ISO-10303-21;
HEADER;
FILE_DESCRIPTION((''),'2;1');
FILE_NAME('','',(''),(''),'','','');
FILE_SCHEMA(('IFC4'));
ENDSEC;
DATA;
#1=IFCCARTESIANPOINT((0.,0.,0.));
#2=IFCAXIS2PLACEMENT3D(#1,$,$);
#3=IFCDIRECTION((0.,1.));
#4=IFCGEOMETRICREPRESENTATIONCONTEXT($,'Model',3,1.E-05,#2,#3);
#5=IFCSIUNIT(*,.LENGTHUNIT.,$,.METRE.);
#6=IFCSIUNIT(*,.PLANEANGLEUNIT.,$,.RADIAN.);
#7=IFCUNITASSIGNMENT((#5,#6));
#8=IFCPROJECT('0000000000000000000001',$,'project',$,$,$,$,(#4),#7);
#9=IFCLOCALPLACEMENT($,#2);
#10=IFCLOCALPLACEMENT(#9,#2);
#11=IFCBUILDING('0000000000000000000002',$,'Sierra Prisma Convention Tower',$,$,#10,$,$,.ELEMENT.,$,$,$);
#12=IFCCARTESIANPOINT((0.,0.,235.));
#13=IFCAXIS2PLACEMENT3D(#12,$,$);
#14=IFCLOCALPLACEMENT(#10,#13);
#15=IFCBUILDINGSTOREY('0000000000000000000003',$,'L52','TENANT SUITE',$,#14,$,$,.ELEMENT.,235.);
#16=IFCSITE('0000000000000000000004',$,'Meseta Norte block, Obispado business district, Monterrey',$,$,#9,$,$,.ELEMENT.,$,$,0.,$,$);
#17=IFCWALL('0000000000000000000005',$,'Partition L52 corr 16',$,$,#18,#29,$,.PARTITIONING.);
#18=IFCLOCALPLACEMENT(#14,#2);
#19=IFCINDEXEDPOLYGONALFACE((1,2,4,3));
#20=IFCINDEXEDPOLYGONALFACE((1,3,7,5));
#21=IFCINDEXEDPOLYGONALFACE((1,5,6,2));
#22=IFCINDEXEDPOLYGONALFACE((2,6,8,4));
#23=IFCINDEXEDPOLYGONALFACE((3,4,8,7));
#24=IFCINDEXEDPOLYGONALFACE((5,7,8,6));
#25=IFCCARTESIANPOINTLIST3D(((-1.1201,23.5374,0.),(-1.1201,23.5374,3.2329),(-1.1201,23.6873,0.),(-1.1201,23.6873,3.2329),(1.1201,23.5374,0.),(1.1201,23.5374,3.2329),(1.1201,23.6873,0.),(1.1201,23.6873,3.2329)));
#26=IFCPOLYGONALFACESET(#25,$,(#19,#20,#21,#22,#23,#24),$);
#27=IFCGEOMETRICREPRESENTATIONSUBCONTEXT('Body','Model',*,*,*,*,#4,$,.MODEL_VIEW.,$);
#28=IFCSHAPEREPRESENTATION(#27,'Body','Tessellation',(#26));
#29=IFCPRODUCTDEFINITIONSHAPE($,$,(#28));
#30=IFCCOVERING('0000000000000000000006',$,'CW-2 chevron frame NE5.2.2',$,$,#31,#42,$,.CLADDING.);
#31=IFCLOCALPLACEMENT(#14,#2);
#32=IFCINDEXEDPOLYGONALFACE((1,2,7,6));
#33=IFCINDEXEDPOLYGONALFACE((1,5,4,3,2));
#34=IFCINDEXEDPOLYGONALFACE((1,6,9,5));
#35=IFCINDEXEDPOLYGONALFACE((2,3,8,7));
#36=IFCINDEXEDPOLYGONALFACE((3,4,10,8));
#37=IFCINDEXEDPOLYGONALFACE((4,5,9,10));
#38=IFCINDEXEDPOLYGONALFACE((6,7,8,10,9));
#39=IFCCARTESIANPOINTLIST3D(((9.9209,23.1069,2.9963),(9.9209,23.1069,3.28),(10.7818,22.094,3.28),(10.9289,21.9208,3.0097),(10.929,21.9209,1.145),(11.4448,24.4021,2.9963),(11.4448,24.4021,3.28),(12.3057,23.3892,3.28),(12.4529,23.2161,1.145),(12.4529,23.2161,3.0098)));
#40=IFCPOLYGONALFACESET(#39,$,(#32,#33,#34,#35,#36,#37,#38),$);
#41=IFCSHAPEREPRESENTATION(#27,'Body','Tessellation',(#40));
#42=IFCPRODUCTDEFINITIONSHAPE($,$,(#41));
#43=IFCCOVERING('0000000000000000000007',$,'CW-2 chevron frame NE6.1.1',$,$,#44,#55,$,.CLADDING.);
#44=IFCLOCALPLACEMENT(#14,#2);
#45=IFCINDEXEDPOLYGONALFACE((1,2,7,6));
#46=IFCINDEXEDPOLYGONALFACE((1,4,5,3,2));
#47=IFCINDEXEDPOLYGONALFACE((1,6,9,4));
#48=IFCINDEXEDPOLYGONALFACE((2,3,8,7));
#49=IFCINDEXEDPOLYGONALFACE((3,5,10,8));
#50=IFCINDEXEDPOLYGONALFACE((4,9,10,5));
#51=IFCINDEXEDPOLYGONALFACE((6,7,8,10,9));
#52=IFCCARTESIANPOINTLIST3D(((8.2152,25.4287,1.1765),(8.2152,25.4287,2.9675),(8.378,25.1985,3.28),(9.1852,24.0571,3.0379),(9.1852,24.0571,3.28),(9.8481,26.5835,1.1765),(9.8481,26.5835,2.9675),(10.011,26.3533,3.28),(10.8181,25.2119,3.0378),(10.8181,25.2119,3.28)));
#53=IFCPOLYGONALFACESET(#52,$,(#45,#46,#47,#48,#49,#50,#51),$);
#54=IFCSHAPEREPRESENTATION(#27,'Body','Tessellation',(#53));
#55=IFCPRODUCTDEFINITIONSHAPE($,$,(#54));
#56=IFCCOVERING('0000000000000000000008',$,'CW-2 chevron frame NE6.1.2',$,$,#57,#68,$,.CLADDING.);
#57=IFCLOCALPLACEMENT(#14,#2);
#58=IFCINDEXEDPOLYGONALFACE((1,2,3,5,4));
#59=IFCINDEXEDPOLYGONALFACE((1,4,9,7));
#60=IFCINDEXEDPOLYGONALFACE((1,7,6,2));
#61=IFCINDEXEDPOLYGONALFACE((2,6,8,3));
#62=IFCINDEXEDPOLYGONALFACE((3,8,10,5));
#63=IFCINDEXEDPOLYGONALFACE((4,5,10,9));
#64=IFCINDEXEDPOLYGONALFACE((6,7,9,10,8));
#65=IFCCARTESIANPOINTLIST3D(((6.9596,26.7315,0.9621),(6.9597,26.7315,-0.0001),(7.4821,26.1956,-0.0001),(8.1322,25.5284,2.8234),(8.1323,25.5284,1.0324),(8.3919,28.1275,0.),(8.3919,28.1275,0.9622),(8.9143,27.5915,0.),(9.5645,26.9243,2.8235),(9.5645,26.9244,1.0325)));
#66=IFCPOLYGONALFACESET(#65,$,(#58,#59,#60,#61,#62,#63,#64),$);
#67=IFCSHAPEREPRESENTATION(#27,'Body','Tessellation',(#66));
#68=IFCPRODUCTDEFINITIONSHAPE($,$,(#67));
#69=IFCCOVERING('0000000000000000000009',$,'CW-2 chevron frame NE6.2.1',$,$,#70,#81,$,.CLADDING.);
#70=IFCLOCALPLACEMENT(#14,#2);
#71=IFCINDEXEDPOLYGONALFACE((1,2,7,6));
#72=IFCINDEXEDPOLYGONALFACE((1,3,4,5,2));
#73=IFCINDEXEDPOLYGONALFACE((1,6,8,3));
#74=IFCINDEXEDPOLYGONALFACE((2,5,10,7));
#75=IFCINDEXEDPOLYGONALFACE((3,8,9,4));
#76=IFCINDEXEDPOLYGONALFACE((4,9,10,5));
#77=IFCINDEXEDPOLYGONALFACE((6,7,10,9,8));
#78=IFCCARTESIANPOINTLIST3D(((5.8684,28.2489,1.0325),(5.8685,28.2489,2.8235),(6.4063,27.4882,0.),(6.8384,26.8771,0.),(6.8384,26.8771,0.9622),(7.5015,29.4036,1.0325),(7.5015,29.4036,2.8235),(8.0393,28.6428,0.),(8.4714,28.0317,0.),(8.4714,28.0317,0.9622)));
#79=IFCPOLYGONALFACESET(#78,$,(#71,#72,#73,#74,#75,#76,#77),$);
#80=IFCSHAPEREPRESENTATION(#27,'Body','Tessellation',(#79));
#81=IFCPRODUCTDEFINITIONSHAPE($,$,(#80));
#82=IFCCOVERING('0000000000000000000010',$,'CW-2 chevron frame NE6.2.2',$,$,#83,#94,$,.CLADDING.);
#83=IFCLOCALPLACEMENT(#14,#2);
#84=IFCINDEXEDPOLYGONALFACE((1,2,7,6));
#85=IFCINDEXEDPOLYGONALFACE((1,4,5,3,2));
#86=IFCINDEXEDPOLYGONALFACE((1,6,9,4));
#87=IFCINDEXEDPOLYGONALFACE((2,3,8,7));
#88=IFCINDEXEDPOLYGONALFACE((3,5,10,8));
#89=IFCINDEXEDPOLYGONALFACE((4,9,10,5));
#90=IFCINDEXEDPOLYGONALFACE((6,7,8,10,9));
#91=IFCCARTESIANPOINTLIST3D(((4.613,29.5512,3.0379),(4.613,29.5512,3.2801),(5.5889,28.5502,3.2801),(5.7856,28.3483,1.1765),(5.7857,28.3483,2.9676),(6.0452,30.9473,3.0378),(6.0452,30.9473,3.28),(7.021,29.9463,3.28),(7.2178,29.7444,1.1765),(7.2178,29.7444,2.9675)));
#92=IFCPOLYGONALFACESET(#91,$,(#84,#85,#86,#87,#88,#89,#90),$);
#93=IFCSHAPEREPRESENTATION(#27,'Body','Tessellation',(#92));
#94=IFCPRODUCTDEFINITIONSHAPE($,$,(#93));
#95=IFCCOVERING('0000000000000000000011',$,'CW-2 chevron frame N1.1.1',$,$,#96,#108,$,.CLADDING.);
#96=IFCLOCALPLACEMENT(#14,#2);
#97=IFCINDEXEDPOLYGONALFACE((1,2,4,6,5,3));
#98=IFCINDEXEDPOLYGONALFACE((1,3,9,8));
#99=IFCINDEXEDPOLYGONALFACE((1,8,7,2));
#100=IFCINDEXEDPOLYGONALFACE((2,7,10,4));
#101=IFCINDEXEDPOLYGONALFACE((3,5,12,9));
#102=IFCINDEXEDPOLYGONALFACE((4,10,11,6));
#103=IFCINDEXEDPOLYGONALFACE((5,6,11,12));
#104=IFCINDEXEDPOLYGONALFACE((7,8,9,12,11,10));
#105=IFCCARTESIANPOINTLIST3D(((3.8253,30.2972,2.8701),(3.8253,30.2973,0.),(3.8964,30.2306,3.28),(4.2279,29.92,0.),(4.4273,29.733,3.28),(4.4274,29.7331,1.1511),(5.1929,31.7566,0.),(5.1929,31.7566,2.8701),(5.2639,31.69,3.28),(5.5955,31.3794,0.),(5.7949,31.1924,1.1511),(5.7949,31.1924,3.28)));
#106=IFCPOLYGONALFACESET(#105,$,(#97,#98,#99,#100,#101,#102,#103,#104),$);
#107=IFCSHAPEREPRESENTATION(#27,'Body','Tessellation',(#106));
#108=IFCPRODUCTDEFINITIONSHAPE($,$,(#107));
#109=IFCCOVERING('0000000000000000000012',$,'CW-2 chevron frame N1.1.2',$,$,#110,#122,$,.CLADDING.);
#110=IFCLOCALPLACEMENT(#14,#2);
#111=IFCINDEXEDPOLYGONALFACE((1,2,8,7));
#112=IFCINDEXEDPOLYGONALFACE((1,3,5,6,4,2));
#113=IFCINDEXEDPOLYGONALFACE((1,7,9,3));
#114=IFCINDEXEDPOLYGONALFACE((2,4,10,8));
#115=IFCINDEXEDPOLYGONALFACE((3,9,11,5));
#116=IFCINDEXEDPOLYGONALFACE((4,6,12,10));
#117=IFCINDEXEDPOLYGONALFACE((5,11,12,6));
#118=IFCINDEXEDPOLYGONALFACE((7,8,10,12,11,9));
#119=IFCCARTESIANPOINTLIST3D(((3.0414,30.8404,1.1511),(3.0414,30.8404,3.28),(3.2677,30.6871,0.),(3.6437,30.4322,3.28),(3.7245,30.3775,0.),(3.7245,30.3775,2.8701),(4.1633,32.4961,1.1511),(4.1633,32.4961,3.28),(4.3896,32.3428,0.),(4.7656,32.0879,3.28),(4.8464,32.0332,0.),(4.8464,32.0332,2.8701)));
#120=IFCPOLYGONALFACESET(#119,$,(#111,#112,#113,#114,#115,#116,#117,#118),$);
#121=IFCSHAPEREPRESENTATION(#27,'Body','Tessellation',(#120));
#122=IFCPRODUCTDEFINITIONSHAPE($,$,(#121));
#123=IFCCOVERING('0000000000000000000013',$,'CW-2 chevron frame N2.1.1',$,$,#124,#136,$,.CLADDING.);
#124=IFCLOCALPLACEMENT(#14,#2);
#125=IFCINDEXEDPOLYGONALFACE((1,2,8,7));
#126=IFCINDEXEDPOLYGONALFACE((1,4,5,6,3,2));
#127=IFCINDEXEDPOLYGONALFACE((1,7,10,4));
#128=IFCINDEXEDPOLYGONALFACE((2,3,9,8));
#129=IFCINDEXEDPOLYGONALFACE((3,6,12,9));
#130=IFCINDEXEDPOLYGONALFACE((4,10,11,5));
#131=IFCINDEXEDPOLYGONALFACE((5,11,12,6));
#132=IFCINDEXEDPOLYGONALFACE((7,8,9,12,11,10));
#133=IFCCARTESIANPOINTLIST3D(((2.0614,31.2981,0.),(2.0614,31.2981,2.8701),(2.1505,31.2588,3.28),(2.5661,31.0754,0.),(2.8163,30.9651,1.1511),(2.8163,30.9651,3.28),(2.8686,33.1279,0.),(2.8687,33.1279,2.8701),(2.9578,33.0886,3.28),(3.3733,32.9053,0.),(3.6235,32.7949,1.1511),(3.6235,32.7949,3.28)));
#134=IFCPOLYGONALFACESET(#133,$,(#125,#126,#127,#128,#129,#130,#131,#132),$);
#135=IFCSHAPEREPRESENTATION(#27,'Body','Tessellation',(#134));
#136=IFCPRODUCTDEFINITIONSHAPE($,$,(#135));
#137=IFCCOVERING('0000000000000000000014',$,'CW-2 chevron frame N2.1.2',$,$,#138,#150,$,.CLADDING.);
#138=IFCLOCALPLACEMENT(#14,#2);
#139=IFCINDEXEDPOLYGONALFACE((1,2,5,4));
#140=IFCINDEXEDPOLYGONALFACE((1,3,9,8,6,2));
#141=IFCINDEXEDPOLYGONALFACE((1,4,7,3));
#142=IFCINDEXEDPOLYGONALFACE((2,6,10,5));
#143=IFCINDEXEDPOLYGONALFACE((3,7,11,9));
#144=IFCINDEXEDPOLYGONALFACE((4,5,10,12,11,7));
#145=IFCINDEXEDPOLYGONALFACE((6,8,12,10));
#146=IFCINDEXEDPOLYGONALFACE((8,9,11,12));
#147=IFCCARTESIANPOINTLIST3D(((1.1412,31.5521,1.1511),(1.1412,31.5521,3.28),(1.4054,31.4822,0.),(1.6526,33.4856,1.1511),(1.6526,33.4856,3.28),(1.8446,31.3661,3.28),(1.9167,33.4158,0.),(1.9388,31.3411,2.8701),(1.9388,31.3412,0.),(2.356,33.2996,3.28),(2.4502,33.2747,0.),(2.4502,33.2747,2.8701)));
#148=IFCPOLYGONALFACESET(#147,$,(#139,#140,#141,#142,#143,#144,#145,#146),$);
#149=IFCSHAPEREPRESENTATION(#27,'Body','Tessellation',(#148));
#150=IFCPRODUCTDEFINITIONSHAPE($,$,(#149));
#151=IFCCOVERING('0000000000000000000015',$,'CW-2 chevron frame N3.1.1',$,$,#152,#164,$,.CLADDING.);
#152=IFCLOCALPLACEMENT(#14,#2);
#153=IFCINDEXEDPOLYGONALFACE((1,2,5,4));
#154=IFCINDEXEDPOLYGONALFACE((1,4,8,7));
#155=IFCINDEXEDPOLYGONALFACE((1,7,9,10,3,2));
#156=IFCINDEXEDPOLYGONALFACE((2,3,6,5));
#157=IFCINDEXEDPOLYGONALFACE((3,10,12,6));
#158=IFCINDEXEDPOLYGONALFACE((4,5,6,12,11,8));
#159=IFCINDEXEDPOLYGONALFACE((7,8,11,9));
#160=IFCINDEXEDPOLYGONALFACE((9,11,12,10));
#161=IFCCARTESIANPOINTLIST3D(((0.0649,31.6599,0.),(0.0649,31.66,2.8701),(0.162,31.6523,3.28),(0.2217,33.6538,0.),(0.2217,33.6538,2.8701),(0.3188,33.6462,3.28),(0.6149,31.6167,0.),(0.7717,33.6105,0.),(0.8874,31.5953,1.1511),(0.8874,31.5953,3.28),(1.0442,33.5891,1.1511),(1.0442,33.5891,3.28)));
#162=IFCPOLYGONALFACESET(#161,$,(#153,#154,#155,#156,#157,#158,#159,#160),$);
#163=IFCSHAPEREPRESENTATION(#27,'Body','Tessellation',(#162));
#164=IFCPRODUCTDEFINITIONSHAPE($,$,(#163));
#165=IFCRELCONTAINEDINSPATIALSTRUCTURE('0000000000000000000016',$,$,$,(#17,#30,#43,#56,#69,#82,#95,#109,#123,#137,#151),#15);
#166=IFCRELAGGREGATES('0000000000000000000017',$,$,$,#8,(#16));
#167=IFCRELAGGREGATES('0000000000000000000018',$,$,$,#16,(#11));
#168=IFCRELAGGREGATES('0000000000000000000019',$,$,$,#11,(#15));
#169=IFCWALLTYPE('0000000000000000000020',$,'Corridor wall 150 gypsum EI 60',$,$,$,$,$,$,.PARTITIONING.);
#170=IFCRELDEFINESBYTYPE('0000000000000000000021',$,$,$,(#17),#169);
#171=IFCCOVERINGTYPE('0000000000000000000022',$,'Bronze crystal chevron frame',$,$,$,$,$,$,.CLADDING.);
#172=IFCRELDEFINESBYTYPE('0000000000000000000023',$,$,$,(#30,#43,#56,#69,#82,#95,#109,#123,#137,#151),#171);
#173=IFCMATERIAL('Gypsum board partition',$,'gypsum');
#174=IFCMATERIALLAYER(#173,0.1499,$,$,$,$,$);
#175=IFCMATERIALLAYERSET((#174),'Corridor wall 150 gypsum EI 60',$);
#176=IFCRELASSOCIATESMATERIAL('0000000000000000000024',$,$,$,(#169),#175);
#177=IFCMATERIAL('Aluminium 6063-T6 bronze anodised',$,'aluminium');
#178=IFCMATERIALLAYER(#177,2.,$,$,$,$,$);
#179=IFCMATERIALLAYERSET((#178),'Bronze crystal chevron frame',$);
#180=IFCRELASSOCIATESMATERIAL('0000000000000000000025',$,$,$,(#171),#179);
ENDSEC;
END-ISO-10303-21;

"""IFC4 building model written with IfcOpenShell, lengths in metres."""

from ifc_helpers import new_model, si_unit, direction, frame, frame_2d, origin, place, context, subcontext, project, spatial, polyline, rectangle, outline, extrude, material, layer, layer_set, type_object, element, save


model = new_model("IFC4")

# Units and contexts
model_context = context("Model", 3, precision=1e-05, world=origin(), true_north=direction((0.0, 1.0)))
body_context = subcontext(model_context, "Body", "Model", "MODEL_VIEW")
ifc_project = project(units=[si_unit("LENGTHUNIT", "METRE"), si_unit("PLANEANGLEUNIT", "RADIAN")], contexts=[model_context])

# Site, building, storey
site_placement = place(None, origin())
site = spatial("IfcSite", under=ifc_project, at=site_placement, Name="Meseta Norte block, Obispado business district, Monterrey", CompositionType="ELEMENT", RefElevation=0.0)
building_placement = place(site_placement, origin())
building = spatial("IfcBuilding", under=site, at=building_placement, Name="Sierra Prisma Convention Tower", CompositionType="ELEMENT")
storey_placement = place(building_placement, frame((0.0, 0.0, 235.0)))
storey = spatial("IfcBuildingStorey", under=building, at=storey_placement, Name="L52", Description="TENANT SUITE", CompositionType="ELEMENT", Elevation=235.0)

# Wall
ifc_material_1 = material(Name="Gypsum board partition", Category="gypsum")
ifc_layer_1 = layer(ifc_material_1, 0.1499)
ifc_layer_set_1 = layer_set([ifc_layer_1], Name="Corridor wall 150 gypsum EI 60")
wall_type = type_object("IfcWallType", Name="Corridor wall 150 gypsum EI 60", PredefinedType="PARTITIONING", material=ifc_layer_set_1)
wall_placement = place(storey_placement, frame((1.1201, 23.6123, 0.0), z_axis=(0.0, 0.0, 1.0), x_axis=(-1.0, 0.0, 0.0)))
element("IfcWall", 1, at=wall_placement, inside=storey, type_object=wall_type, Name="Partition L52 corr 16", PredefinedType="PARTITIONING", context=body_context, shape_type="SweptSolid", body=[
    extrude(rectangle(XDim=2.2402, YDim=0.1499, at=frame_2d((1.1201, 0.0))), origin(), (0.0, 0.0, 1.0), 3.2329),
])

# Coverings
ifc_material_2 = material(Name="Aluminium 6063-T6 bronze anodised", Category="aluminium")
ifc_layer_2 = layer(ifc_material_2, 2.0)
ifc_layer_set_2 = layer_set([ifc_layer_2], Name="Bronze crystal chevron frame")
covering_type = type_object("IfcCoveringType", Name="Bronze crystal chevron frame", PredefinedType="CLADDING", material=ifc_layer_set_2)
covering_1_placement = place(storey_placement, frame((11.4448, 24.4021, 3.28), z_axis=(0.761966, 0.647617, 0.000031), x_axis=(0.647617, -0.761966, 0.0)))
element("IfcCovering", 2, at=covering_1_placement, inside=storey, type_object=covering_type, Name="CW-2 chevron frame NE5.2.2", PredefinedType="CLADDING", context=body_context, shape_type="SweptSolid", body=[
    extrude(outline(polyline([(0.0, 0.0), (1.3293, 0.0), (1.5566, 0.2703), (1.5566, 2.135), (0.0, 0.2837), (0.0, 0.0)])), origin(), (0.0, 0.0, -1.0), 2.0),
])
covering_2_placement = place(storey_placement, frame((10.8181, 25.2119, 3.28), z_axis=(0.816465, 0.577395, -0.00001), x_axis=(-0.000008, -0.000006, -1.0)))
element("IfcCovering", 3, at=covering_2_placement, inside=storey, type_object=covering_type, Name="CW-2 chevron frame NE6.1.1", PredefinedType="CLADDING", context=body_context, shape_type="SweptSolid", body=[
    extrude(outline(polyline([(0.0, 0.0), (0.2422, 0.0), (2.1035, 1.6799), (0.3125, 1.6799), (0.0, 1.3979), (0.0, 0.0)])), origin(), (0.0, 0.0, -1.0), 2.0),
])
covering_3_placement = place(storey_placement, frame((9.5645, 26.9243, 2.8235), z_axis=(0.716115, 0.697982, 0.000037), x_axis=(0.000026, 0.000026, -1.0)))
element("IfcCovering", 4, at=covering_3_placement, inside=storey, type_object=covering_type, Name="CW-2 chevron frame NE6.1.2", PredefinedType="CLADDING", context=body_context, shape_type="SweptSolid", body=[
    extrude(outline(polyline([(0.0, 0.0), (1.791, 0.0), (2.8235, 0.9316), (2.8235, 1.68), (1.8613, 1.68), (0.0, 0.0)])), origin(), (0.0, 0.0, -1.0), 2.0),
])
covering_4_placement = place(storey_placement, frame((8.4714, 28.0317, 0.0), z_axis=(0.816508, 0.577334, -0.000013), x_axis=(-0.577334, 0.816508, 0.0)))
element("IfcCovering", 5, at=covering_4_placement, inside=storey, type_object=covering_type, Name="CW-2 chevron frame NE6.2.1", PredefinedType="CLADDING", context=body_context, shape_type="SweptSolid", body=[
    extrude(outline(polyline([(0.0, 0.0), (0.7484, 0.0), (1.6801, 1.0325), (1.6801, 2.8235), (0.0, 0.9622), (0.0, 0.0)])), origin(), (0.0, 0.0, -1.0), 2.0),
])
covering_5_placement = place(storey_placement, frame((6.0452, 30.9473, 3.28), z_axis=(0.716058, 0.698041, -0.000014), x_axis=(0.698041, -0.716058, 0.0)))
element("IfcCovering", 6, at=covering_5_placement, inside=storey, type_object=covering_type, Name="CW-2 chevron frame NE6.2.2", PredefinedType="CLADDING", context=body_context, shape_type="SweptSolid", body=[
    extrude(outline(polyline([(0.0, 0.0), (1.3979, 0.0), (1.6799, 0.3125), (1.6799, 2.1035), (0.0, 0.2422), (0.0, 0.0)])), origin(), (0.0, 0.0, -1.0), 2.0),
])
covering_6_placement = place(storey_placement, frame((5.7949, 31.1924, 3.28), z_axis=(0.68379, 0.729679, 0.000019), x_axis=(0.000013, 0.000014, -1.0)))
element("IfcCovering", 7, at=covering_6_placement, inside=storey, type_object=covering_type, Name="CW-2 chevron frame N1.1.1", PredefinedType="CLADDING", context=body_context, shape_type="SweptSolid", body=[
    extrude(outline(polyline([(0.0, 0.0), (2.1289, 0.0), (3.28, 0.2734), (3.28, 0.8251), (0.4099, 0.8251), (0.0, 0.7277), (0.0, 0.0)])), origin(), (0.0, 0.0, -1.0), 2.0),
])
covering_7_placement = place(storey_placement, frame((4.8464, 32.0332, 0.0), z_axis=(0.560976, 0.827832, 0.000015), x_axis=(-0.827832, 0.560976, 0.0)))
element("IfcCovering", 8, at=covering_7_placement, inside=storey, type_object=covering_type, Name="CW-2 chevron frame N1.1.2", PredefinedType="CLADDING", context=body_context, shape_type="SweptSolid", body=[
    extrude(outline(polyline([(0.0, 0.0), (0.5518, 0.0), (0.8252, 1.1511), (0.8252, 3.28), (0.0976, 3.28), (0.0, 2.8701), (0.0, 0.0)])), origin(), (0.0, 0.0, -1.0), 2.0),
])
covering_8_placement = place(storey_placement, frame((3.6235, 32.7949, 3.28), z_axis=(0.403619, 0.914927, -0.000007), x_axis=(-0.000003, -0.000006, -1.0)))
element("IfcCovering", 9, at=covering_8_placement, inside=storey, type_object=covering_type, Name="CW-2 chevron frame N2.1.1", PredefinedType="CLADDING", context=body_context, shape_type="SweptSolid", body=[
    extrude(outline(polyline([(0.0, 0.0), (2.1289, 0.0), (3.28, 0.2735), (3.28, 0.8251), (0.4099, 0.8251), (0.0, 0.7277), (0.0, 0.0)])), origin(), (0.0, 0.0, -1.0), 2.0),
])
covering_9_placement = place(storey_placement, frame((1.9167, 33.4158, 0.0), z_axis=(0.255682, 0.966761, 0.000009), x_axis=(-0.223271, 0.05904, 0.972967)))
element("IfcCovering", 10, at=covering_9_placement, inside=storey, type_object=covering_type, Name="CW-2 chevron frame N2.1.2", PredefinedType="CLADDING", context=body_context, shape_type="SweptSolid", body=[
    extrude(outline(polyline([(0.0, 0.0), (1.1831, 0.0), (3.2545, 0.4917), (3.0864, 1.1995), (2.6651, 1.1997), (-0.1274, 0.5369), (0.0, 0.0)])), origin(), (0.0, 0.0, -1.0), 2.0),
])
covering_10_placement = place(storey_placement, frame((1.0442, 33.5891, 3.28), z_axis=(0.07841, 0.996921, -0.000004), x_axis=(0.0, -0.000004, -1.0)))
element("IfcCovering", 11, at=covering_10_placement, inside=storey, type_object=covering_type, Name="CW-2 chevron frame N3.1.1", PredefinedType="CLADDING", context=body_context, shape_type="SweptSolid", body=[
    extrude(outline(polyline([(0.0, 0.0), (2.1289, 0.0), (3.28, 0.2733), (3.28, 0.8251), (0.4099, 0.8251), (0.0, 0.7276), (0.0, 0.0)])), origin(), (0.0, 0.0, -1.0), 2.0),
])

save(model, "model.ifc")
